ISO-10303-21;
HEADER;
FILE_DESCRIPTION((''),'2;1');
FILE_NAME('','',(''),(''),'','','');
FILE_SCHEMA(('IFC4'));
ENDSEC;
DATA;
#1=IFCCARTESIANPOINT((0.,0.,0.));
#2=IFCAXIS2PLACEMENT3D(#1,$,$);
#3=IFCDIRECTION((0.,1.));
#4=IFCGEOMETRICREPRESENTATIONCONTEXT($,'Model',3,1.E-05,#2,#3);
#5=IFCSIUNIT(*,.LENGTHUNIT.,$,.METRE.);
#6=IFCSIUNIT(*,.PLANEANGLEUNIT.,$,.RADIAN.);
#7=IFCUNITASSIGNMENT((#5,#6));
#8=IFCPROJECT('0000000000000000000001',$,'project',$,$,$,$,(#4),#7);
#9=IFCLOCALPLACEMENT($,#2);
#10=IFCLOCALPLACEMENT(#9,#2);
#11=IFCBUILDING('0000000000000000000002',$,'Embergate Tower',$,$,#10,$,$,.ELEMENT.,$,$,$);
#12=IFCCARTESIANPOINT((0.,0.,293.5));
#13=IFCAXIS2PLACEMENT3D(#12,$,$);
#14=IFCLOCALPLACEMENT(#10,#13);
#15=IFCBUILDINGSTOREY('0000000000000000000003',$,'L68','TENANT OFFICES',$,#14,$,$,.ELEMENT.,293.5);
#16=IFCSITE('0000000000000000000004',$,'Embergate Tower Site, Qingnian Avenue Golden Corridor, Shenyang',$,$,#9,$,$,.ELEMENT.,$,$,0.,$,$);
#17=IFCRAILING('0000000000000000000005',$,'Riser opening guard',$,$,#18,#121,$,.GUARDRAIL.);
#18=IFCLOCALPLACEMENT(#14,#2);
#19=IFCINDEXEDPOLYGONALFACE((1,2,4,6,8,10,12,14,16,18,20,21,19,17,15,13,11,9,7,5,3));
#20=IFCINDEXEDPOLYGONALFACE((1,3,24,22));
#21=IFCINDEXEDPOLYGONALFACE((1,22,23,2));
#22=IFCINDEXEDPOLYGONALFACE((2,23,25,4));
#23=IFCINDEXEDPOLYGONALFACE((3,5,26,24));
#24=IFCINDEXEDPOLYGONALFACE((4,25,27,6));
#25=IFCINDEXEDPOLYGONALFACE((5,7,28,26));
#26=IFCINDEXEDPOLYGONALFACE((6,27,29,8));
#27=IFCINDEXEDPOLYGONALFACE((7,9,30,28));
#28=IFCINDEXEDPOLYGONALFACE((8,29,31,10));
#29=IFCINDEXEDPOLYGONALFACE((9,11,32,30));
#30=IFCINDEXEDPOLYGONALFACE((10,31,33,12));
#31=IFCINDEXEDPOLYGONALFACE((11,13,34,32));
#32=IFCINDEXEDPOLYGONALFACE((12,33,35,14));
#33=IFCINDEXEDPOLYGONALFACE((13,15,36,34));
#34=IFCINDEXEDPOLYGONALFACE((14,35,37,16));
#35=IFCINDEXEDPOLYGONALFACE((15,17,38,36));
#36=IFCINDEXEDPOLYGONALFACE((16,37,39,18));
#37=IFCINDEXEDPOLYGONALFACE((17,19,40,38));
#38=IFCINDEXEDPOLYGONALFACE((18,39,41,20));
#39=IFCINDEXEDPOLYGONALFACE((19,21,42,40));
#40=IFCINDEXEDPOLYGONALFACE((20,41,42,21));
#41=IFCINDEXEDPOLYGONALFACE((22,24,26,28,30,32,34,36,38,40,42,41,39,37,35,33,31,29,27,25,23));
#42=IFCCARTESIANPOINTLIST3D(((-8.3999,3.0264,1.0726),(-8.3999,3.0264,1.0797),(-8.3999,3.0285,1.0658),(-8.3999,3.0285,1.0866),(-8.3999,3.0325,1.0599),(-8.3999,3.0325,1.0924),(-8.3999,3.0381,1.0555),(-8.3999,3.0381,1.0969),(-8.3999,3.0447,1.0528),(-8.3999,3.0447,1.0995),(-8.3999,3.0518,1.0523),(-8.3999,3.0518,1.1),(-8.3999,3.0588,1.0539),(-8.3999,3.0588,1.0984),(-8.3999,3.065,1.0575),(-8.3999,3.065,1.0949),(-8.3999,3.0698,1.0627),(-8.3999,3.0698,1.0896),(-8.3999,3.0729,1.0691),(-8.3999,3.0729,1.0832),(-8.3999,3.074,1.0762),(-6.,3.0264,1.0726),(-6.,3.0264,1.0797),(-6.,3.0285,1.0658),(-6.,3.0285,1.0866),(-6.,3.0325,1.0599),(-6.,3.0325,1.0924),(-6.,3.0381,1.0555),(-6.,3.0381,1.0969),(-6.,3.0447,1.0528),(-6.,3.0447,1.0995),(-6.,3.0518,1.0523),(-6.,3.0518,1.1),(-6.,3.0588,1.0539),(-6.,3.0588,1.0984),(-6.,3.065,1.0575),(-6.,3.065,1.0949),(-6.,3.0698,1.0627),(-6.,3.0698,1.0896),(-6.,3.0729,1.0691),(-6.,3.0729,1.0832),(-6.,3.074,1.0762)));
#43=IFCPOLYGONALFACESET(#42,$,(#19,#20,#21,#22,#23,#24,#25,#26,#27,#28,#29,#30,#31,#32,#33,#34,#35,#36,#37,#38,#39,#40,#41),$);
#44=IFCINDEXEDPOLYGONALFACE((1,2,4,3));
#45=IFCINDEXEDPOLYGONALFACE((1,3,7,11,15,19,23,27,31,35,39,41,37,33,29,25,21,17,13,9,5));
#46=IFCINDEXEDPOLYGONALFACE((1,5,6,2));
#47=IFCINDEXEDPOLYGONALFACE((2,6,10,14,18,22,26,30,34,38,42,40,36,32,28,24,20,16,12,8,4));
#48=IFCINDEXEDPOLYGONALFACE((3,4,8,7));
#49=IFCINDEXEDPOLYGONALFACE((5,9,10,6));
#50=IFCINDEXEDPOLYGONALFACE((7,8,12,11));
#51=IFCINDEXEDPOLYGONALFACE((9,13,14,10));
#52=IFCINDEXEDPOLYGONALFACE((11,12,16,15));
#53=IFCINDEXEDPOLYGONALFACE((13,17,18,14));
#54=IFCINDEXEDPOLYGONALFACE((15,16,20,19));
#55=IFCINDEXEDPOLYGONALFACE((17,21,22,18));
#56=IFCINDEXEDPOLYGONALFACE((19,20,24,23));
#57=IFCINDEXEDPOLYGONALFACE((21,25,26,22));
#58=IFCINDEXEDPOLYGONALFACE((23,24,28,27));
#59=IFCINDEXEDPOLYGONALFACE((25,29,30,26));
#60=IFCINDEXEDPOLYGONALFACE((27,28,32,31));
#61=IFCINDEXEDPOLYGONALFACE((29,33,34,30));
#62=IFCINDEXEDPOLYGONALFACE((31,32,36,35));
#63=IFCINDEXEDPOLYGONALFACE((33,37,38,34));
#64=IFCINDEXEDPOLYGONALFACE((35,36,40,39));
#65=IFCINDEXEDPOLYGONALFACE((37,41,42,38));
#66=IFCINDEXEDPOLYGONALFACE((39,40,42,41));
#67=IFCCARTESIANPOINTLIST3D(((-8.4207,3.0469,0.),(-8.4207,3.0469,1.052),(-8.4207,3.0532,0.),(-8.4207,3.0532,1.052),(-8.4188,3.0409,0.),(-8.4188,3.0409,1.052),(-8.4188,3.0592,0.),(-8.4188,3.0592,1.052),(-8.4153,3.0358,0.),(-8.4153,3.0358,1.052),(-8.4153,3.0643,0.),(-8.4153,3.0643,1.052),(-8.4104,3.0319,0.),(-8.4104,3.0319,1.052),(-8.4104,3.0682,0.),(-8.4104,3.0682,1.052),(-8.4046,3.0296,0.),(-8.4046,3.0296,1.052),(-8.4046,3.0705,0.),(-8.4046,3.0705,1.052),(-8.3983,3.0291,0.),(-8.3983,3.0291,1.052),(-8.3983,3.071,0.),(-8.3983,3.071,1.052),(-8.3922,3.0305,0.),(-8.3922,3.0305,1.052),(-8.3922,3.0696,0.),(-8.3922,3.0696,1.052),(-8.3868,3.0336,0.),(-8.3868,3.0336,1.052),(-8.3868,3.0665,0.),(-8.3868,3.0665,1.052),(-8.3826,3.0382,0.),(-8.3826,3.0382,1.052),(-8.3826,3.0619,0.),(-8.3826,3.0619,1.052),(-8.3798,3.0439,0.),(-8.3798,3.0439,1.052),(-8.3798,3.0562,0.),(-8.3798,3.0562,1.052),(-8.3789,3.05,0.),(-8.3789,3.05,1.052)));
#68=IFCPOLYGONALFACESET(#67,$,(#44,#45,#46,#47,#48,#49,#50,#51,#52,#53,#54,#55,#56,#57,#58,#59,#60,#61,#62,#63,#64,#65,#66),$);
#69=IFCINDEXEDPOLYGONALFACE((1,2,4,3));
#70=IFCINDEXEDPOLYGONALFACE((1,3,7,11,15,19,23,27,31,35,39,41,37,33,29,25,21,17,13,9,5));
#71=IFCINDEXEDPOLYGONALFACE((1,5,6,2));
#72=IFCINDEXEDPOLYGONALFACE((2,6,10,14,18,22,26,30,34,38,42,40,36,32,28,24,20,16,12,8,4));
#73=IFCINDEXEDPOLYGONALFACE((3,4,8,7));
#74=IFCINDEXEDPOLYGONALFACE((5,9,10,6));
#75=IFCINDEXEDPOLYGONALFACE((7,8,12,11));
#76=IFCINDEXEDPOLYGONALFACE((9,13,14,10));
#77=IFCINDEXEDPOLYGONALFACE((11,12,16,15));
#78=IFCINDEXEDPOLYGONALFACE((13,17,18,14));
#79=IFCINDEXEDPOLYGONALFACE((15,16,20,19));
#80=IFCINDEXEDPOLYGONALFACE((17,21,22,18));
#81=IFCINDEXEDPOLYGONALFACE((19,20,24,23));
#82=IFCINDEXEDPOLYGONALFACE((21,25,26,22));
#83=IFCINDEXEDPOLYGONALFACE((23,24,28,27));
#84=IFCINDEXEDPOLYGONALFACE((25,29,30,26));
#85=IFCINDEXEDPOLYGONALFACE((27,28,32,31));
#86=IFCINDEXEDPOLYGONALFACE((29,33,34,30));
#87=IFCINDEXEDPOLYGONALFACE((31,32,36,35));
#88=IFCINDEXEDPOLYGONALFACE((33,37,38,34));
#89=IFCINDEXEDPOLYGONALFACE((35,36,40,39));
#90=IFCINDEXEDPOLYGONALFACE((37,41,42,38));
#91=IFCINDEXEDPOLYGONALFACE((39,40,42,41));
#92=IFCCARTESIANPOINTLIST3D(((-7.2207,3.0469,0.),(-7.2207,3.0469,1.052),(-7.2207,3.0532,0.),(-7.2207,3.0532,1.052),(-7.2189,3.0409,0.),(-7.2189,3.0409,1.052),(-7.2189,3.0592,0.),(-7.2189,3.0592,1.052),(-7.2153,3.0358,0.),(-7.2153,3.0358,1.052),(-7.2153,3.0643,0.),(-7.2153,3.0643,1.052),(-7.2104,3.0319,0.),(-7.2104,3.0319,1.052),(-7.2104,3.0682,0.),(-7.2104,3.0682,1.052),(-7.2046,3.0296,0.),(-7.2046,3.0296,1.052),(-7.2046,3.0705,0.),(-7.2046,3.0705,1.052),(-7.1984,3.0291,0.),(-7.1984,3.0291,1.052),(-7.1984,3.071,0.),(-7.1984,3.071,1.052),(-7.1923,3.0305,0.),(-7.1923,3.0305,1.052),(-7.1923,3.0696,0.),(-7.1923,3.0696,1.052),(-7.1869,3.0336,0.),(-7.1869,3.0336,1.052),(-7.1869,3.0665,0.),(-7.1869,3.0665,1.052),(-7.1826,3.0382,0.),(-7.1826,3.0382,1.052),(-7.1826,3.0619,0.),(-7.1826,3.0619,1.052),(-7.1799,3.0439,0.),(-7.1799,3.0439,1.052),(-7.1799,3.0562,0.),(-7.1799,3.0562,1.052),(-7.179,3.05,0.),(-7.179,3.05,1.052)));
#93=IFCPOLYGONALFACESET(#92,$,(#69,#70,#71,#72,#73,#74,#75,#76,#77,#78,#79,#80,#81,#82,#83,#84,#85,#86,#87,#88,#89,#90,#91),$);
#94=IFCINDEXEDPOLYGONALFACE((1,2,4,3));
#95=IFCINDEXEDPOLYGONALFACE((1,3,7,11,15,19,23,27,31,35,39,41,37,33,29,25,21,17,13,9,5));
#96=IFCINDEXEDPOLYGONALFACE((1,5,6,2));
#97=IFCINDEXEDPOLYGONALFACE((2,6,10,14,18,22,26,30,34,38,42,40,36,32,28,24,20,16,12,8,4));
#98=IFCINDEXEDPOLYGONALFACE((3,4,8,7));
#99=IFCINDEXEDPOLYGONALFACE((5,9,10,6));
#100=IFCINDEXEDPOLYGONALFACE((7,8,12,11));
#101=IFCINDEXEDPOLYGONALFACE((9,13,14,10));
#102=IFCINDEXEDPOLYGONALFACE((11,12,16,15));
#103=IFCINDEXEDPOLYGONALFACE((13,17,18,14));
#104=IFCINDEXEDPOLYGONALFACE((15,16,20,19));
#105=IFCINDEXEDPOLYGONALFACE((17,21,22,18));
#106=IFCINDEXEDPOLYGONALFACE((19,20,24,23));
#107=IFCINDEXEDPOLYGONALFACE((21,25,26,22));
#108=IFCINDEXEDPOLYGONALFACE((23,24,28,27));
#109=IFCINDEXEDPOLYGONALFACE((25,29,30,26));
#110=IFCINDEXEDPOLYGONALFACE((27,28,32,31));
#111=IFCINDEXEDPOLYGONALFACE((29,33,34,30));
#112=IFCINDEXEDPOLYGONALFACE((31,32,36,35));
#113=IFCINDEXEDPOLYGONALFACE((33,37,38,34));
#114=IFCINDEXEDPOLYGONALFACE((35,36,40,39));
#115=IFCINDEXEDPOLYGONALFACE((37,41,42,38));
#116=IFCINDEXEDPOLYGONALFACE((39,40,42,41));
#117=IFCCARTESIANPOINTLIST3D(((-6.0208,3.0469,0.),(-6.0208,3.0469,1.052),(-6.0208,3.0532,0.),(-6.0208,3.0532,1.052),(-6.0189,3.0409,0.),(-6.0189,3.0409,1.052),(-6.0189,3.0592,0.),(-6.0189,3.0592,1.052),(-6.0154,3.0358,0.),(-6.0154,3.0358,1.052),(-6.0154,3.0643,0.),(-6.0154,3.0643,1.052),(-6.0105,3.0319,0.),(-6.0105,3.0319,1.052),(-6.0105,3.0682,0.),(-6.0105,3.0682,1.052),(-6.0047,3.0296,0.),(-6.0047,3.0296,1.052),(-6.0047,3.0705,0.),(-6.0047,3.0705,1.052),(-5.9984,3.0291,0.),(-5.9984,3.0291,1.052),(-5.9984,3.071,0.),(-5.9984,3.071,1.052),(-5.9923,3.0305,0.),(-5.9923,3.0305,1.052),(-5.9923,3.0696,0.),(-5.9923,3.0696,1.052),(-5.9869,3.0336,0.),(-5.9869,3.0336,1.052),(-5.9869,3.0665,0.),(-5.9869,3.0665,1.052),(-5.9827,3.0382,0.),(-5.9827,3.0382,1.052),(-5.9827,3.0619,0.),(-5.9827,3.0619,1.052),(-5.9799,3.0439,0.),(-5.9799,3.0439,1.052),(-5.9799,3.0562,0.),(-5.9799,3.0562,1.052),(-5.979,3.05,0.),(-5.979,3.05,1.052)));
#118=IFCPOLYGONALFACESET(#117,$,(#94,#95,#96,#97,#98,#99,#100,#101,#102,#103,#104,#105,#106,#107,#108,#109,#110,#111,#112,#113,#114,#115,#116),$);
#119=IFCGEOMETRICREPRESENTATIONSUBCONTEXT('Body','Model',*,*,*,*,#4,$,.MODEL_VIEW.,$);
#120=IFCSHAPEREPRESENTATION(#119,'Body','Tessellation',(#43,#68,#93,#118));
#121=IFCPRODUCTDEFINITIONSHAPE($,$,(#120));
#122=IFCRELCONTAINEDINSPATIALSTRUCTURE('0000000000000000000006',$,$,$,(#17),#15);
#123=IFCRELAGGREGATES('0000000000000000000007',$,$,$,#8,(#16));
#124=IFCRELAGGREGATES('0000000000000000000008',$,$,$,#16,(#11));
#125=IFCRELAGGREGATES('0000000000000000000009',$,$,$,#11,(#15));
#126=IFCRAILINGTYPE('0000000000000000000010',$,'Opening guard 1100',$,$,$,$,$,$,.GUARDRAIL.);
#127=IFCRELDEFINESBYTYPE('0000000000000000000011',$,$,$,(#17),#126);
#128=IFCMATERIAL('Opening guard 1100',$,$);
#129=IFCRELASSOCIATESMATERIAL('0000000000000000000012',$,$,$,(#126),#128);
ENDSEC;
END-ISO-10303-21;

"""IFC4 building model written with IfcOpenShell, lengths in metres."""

from ifc_helpers import new_model, si_unit, direction, frame, origin, origin_2d, place, context, subcontext, project, spatial, circle, extrude, source, transform, mapped, material, type_object, element, save


model = new_model("IFC4")

# Units and contexts
model_context = context("Model", 3, precision=1e-05, world=origin(), true_north=direction((0.0, 1.0)))
body_context = subcontext(model_context, "Body", "Model", "MODEL_VIEW")
ifc_project = project(units=[si_unit("LENGTHUNIT", "METRE"), si_unit("PLANEANGLEUNIT", "RADIAN")], contexts=[model_context])

# Site, building, storey
site_placement = place(None, origin())
site = spatial("IfcSite", under=ifc_project, at=site_placement, Name="Embergate Tower Site, Qingnian Avenue Golden Corridor, Shenyang", CompositionType="ELEMENT", RefElevation=0.0)
building_placement = place(site_placement, origin())
building = spatial("IfcBuilding", under=site, at=building_placement, Name="Embergate Tower", CompositionType="ELEMENT")
storey_placement = place(building_placement, frame((0.0, 0.0, 293.5)))
storey = spatial("IfcBuildingStorey", under=building, at=storey_placement, Name="L68", Description="TENANT OFFICES", CompositionType="ELEMENT", Elevation=293.5)

# Railing
ifc_material_1 = material(Name="Opening guard 1100")
railing_type = type_object("IfcRailingType", Name="Opening guard 1100", PredefinedType="GUARDRAIL", material=ifc_material_1)
shared_shape_1 = source(origin(), body_context, "Body", "SweptSolid", [
    extrude(circle(Radius=0.0239, at=origin_2d()), frame((0.0, 0.0, 1.0762), z_axis=(1.0, 0.0, 0.0), x_axis=(0.0, 1.0, 0.0)), (0.0, 0.0, 1.0), 2.3999),
    extrude(circle(Radius=0.021, at=origin_2d()), origin(), (0.0, 0.0, 1.0), 1.052),
    extrude(circle(Radius=0.021, at=origin_2d()), frame((1.2, 0.0, 0.0)), (0.0, 0.0, 1.0), 1.052),
    extrude(circle(Radius=0.021, at=origin_2d()), frame((2.3999, 0.0, 0.0)), (0.0, 0.0, 1.0), 1.052),
])
railing_placement = place(storey_placement, frame((-8.3999, 3.05, 0.0)))
element("IfcRailing", 1, at=railing_placement, inside=storey, type_object=railing_type, Name="Riser opening guard", PredefinedType="GUARDRAIL", context=body_context, shape_type="MappedRepresentation", body=[
    mapped(shared_shape_1, transform((0.0, 0.0, 0.0))),
])

save(model, "model.ifc")
